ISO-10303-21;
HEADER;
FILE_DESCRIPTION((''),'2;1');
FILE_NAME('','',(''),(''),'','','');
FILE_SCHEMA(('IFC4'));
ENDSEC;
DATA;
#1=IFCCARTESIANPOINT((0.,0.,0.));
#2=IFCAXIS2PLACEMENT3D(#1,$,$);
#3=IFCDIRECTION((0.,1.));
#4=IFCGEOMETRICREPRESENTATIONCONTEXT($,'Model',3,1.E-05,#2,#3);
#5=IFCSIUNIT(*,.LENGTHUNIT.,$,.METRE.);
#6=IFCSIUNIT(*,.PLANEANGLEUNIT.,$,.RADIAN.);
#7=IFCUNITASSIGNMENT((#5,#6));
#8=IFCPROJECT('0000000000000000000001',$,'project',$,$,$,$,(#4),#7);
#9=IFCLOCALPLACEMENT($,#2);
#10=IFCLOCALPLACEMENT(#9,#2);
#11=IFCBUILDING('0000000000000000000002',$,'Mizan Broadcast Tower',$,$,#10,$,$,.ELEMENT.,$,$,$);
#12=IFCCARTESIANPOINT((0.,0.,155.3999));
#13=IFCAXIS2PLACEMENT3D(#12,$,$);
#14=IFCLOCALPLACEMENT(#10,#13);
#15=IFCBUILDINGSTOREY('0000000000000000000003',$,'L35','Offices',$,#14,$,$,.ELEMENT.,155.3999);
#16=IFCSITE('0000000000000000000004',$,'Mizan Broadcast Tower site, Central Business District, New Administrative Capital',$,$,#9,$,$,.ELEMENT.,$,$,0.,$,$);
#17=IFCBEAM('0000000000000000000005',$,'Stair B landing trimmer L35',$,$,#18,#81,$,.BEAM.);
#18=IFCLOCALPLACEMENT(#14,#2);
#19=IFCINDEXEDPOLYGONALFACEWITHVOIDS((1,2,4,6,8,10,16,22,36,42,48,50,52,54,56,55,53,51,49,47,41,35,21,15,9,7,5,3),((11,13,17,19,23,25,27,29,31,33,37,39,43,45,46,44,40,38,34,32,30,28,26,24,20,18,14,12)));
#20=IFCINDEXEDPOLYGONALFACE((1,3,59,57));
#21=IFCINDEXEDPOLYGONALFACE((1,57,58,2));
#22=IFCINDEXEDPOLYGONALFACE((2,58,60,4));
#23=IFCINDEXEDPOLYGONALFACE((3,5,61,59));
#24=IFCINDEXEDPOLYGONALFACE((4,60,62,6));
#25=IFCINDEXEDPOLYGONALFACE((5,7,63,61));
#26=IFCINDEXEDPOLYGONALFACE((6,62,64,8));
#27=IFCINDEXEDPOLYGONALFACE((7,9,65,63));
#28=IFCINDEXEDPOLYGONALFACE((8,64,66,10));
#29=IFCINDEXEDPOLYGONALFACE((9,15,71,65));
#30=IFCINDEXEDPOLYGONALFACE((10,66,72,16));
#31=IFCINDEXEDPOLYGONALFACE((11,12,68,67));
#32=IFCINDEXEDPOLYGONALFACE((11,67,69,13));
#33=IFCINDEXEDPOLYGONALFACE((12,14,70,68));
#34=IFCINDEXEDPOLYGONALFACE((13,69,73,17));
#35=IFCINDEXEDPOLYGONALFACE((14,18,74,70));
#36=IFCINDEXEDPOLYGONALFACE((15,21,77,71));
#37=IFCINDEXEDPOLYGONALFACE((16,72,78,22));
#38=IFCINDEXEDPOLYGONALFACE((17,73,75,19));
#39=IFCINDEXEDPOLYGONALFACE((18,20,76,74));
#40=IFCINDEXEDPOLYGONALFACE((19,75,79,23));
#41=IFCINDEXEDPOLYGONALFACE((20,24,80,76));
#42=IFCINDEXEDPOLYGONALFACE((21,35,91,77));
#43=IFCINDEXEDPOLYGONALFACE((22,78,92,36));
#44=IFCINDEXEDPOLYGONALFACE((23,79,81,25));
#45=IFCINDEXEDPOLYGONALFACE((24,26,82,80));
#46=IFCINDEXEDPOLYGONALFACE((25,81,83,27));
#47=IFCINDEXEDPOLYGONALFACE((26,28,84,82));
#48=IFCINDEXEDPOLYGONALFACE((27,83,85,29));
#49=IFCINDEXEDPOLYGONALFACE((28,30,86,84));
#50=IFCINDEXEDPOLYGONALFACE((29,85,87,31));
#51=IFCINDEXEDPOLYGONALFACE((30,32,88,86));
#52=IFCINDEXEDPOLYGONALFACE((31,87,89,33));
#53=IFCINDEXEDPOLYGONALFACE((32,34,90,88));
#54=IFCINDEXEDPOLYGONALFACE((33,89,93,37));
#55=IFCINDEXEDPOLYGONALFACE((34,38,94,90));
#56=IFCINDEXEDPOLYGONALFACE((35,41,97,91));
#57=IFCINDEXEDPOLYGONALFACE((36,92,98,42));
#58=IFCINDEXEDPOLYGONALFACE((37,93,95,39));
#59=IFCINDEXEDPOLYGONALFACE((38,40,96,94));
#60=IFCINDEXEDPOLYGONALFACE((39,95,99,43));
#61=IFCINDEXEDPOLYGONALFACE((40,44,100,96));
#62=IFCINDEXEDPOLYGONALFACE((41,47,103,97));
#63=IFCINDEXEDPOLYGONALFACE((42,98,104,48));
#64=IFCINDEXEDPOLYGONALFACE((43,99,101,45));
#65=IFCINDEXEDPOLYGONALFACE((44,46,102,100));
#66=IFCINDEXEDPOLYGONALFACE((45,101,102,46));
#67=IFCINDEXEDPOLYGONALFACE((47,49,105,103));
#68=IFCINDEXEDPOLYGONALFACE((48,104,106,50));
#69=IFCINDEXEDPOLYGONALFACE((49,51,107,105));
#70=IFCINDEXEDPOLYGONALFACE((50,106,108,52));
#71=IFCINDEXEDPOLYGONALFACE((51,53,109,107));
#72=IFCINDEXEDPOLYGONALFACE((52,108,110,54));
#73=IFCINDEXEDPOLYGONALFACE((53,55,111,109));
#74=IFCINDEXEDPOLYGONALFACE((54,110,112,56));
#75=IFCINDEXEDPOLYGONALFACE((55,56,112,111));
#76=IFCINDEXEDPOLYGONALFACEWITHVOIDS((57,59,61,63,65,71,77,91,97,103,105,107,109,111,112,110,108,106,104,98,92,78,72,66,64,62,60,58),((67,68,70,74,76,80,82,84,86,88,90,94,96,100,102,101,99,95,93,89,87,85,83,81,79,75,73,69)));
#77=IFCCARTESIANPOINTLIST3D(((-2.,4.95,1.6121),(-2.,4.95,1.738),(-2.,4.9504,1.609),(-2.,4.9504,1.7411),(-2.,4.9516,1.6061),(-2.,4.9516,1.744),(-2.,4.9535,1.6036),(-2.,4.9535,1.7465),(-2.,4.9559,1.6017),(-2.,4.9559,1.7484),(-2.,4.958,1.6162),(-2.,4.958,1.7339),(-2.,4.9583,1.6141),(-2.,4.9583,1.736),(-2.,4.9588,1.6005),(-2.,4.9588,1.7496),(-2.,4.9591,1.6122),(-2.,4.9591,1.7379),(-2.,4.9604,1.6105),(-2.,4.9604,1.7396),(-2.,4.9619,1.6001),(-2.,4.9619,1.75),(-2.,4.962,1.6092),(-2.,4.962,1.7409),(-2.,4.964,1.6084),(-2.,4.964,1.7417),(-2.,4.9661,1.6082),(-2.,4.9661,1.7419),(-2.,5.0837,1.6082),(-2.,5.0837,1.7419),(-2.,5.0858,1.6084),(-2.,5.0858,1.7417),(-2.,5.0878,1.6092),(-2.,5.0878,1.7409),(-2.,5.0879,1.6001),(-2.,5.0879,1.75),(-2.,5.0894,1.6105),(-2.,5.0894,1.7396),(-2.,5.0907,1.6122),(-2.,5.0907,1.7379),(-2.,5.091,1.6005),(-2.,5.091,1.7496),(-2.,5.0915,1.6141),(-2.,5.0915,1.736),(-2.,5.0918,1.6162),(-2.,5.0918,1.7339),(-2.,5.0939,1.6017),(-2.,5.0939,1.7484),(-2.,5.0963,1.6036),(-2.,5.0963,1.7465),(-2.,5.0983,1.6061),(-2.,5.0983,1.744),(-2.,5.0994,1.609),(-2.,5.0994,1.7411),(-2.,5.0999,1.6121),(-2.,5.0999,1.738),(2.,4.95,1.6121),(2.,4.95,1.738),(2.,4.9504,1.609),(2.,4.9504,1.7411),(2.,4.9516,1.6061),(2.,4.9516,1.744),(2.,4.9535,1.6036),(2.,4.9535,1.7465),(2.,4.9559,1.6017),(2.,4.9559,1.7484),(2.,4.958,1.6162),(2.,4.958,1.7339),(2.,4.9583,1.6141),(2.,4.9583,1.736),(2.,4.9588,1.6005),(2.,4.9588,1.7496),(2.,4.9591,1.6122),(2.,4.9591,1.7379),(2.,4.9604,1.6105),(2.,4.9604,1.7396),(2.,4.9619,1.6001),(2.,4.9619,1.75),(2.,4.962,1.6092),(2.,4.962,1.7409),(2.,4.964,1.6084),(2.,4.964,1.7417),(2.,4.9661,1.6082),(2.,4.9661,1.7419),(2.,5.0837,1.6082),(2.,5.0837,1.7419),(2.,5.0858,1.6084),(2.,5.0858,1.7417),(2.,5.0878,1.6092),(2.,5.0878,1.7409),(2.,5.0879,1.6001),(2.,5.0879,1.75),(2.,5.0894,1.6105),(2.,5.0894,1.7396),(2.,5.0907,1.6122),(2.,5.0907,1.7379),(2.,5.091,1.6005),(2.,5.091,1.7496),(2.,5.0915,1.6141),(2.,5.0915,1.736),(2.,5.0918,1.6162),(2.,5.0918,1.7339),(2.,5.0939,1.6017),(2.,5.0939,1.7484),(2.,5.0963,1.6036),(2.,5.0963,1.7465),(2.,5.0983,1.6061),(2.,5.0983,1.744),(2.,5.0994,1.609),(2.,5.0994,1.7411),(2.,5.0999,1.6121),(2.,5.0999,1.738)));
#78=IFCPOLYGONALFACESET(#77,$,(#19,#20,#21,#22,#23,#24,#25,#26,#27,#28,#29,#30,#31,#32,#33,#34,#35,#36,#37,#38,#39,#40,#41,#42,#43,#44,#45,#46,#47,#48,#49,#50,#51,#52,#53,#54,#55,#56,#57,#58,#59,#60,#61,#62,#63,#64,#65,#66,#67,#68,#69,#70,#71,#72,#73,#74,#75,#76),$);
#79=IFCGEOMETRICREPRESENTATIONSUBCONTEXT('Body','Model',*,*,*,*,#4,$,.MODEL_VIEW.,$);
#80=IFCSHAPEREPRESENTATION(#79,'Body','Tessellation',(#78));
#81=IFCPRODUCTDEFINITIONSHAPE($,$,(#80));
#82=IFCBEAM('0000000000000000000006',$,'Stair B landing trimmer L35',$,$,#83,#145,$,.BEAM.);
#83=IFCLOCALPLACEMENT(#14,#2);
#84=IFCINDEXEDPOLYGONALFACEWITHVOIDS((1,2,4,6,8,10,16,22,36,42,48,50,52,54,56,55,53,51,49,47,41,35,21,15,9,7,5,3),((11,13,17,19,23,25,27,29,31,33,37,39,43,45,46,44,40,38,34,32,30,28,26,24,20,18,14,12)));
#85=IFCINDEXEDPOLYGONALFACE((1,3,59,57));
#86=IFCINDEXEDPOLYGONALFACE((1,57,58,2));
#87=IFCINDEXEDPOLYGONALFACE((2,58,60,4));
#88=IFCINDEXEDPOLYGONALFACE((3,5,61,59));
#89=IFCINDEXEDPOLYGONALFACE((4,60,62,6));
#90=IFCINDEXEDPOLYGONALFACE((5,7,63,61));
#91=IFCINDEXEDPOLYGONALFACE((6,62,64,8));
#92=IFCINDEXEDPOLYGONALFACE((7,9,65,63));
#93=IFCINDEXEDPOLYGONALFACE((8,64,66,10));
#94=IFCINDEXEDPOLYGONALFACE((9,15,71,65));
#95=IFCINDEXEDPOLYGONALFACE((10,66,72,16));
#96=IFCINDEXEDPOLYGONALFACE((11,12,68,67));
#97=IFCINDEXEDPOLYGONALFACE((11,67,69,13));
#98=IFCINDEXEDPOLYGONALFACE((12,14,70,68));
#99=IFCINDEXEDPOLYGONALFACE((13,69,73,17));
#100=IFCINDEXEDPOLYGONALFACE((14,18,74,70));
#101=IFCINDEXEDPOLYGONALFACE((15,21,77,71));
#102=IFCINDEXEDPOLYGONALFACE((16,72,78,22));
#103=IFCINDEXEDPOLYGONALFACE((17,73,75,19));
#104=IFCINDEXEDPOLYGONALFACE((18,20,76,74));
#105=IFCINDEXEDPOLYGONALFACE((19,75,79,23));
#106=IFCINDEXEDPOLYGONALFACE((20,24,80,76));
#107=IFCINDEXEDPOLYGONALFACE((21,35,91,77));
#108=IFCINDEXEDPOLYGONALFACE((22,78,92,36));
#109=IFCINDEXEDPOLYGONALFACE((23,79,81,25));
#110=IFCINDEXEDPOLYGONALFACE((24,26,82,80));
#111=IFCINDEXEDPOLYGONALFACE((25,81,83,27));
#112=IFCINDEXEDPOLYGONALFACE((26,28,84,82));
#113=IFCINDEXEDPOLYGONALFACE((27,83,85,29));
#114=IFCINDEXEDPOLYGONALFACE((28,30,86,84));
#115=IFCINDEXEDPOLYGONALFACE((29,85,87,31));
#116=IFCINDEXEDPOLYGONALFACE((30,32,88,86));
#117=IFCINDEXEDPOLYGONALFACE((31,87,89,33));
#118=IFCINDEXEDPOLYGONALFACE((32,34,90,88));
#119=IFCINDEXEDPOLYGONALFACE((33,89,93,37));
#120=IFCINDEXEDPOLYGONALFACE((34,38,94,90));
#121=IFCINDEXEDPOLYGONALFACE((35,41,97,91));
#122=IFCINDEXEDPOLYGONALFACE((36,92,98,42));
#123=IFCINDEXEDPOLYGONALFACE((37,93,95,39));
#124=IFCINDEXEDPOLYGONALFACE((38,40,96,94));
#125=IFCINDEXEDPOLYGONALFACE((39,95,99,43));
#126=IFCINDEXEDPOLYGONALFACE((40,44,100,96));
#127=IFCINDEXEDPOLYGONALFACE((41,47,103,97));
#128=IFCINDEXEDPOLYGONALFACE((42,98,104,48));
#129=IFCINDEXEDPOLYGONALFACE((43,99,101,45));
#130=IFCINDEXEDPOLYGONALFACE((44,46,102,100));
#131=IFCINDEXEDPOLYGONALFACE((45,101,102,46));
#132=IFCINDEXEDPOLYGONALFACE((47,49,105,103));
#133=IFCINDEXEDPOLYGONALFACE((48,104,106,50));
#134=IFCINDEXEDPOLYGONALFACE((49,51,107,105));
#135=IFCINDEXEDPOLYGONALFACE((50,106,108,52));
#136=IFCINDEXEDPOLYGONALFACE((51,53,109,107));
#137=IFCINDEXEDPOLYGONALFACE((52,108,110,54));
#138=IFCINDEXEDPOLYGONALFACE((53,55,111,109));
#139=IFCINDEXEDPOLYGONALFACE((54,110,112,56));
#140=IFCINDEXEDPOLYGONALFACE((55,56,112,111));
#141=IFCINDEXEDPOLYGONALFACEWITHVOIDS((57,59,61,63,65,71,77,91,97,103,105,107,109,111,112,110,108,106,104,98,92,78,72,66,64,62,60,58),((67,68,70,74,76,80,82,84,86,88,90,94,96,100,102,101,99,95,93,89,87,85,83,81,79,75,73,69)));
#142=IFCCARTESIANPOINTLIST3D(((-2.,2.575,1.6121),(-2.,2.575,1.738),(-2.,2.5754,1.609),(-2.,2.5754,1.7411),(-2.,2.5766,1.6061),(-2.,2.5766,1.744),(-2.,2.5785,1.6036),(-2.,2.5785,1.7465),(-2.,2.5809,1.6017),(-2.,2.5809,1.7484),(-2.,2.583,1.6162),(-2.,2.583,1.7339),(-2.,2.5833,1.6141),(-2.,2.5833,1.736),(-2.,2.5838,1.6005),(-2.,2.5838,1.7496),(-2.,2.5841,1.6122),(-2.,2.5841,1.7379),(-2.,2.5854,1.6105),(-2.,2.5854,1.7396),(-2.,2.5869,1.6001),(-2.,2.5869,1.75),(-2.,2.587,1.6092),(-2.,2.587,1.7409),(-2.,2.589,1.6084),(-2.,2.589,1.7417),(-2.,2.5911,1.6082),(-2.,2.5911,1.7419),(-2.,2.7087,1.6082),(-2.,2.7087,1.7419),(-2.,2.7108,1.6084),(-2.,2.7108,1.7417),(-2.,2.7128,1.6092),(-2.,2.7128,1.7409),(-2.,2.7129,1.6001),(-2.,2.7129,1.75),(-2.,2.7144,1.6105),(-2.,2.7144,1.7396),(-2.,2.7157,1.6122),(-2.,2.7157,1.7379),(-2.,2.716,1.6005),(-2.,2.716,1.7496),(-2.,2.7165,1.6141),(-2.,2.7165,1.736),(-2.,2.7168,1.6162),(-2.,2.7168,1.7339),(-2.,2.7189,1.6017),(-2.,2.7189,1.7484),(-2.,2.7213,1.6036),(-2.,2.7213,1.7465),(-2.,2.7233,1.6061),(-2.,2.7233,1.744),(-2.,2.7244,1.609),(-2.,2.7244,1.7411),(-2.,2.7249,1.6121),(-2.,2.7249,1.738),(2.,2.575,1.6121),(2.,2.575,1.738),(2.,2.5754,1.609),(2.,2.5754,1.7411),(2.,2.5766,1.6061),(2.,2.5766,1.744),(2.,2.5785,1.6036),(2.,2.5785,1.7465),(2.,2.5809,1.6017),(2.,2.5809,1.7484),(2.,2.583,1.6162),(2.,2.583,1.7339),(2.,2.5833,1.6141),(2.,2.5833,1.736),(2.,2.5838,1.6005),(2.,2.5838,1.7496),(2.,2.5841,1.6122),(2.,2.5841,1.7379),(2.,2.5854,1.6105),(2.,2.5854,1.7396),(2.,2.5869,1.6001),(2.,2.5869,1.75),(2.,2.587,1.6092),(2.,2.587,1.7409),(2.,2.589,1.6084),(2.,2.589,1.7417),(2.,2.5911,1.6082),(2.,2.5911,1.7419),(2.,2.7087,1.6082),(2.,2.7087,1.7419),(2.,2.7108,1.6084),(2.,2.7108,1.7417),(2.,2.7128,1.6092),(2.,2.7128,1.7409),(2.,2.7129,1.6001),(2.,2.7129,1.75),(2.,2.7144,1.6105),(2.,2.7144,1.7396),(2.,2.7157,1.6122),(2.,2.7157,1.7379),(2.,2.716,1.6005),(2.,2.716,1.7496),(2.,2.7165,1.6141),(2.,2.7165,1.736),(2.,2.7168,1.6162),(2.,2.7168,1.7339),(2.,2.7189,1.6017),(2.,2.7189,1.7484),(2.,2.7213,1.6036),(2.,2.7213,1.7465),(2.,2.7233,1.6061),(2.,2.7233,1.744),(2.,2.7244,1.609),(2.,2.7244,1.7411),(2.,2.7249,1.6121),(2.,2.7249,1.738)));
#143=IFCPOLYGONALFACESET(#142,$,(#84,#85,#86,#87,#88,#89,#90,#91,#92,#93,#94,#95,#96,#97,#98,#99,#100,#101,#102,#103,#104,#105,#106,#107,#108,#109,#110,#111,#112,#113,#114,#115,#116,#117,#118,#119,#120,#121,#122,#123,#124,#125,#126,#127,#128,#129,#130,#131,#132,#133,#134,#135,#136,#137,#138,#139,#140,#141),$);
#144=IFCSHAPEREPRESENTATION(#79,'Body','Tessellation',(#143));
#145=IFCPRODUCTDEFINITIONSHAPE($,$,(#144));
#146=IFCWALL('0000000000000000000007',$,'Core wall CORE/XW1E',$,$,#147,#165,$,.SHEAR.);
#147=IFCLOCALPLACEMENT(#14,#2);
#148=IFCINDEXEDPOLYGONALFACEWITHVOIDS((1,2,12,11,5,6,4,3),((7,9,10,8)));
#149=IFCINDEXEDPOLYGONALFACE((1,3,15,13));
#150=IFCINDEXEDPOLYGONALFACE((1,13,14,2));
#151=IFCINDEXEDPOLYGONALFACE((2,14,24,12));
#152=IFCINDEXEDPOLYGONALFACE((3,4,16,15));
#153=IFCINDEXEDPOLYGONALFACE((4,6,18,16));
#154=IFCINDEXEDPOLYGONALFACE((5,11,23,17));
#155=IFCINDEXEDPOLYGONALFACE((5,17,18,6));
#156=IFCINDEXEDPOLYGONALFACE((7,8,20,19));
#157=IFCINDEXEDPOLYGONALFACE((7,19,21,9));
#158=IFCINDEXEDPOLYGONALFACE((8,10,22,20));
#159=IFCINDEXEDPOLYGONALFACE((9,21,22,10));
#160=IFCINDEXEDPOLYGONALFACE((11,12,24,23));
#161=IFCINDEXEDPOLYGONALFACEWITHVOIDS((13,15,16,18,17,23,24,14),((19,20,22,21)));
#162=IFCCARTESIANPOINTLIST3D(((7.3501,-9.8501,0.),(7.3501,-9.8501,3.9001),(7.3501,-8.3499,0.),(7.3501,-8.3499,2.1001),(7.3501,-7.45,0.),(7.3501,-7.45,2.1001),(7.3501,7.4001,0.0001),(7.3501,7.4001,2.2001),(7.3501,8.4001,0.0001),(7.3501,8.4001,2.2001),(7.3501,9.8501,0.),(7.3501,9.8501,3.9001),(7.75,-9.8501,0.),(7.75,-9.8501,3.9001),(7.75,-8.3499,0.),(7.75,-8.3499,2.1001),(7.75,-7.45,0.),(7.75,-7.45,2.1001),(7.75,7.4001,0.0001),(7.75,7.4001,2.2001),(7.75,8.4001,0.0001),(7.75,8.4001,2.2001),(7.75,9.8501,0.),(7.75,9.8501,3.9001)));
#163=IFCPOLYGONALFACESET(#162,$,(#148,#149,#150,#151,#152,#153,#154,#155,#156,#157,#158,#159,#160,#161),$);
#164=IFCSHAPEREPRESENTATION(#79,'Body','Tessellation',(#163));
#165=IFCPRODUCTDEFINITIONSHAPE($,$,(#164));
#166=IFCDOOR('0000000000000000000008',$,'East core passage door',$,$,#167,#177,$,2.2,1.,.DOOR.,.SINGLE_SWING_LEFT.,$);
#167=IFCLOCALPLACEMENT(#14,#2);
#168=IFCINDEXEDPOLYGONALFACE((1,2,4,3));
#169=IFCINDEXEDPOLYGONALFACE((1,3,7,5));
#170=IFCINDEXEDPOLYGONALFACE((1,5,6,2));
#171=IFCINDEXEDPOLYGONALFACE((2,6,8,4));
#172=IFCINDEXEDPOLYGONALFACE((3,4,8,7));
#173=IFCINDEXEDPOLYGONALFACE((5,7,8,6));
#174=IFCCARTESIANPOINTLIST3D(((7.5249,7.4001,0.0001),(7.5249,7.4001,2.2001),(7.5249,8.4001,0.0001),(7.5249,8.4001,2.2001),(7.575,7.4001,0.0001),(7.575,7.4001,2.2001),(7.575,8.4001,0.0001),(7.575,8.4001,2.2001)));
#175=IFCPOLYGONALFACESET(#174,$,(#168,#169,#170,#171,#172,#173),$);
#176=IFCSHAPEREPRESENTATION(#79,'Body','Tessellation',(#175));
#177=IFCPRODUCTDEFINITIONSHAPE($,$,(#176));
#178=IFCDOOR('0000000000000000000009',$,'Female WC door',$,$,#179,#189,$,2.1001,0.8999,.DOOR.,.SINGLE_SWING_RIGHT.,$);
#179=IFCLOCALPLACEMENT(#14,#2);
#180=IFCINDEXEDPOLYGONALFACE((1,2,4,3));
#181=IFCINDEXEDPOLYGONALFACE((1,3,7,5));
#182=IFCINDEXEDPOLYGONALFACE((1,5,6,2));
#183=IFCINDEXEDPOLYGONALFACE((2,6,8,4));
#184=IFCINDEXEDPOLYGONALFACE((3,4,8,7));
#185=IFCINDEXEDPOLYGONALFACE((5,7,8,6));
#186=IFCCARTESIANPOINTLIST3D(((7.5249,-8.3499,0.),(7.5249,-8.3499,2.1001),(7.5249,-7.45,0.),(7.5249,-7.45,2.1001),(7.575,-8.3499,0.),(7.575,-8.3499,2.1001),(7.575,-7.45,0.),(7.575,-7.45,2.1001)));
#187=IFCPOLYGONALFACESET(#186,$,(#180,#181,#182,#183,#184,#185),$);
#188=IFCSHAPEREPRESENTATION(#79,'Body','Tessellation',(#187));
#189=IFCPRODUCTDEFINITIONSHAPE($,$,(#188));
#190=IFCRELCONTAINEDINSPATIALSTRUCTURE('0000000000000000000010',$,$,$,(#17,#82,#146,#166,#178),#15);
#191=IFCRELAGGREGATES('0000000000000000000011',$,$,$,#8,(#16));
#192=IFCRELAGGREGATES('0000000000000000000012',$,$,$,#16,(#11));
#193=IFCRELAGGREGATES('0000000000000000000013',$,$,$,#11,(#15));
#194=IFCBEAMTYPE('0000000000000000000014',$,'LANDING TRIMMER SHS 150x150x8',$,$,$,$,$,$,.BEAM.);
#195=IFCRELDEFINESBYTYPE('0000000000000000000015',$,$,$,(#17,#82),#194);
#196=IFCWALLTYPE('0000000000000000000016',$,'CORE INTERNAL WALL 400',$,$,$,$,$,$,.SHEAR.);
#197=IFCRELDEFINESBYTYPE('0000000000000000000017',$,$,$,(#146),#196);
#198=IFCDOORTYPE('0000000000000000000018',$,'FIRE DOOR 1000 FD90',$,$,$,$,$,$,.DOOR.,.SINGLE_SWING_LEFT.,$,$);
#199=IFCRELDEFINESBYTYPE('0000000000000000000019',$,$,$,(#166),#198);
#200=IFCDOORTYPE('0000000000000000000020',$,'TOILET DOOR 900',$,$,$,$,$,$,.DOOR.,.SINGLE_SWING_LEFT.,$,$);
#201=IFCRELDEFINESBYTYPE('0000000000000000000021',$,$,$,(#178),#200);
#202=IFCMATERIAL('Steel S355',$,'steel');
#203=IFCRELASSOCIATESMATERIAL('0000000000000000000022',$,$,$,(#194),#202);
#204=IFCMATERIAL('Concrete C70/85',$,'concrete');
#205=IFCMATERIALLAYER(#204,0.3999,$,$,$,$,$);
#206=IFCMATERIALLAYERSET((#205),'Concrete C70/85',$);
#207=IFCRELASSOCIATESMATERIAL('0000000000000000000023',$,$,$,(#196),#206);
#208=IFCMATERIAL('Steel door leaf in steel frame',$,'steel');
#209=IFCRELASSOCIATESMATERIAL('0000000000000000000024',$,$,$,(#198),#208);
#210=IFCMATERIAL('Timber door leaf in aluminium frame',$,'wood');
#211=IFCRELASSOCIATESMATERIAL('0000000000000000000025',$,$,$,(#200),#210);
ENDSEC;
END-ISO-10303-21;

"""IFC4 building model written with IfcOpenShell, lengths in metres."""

from ifc_helpers import new_model, si_unit, direction, frame, frame_2d, origin, origin_2d, place, context, subcontext, project, spatial, rectangle, hollow_rectangle, extrude, material, layer, layer_set, material_profile, profile_set, type_object, element, fill, save


model = new_model("IFC4")

# Units and contexts
model_context = context("Model", 3, precision=1e-05, world=origin(), true_north=direction((0.0, 1.0)))
body_context = subcontext(model_context, "Body", "Model", "MODEL_VIEW")
ifc_project = project(units=[si_unit("LENGTHUNIT", "METRE"), si_unit("PLANEANGLEUNIT", "RADIAN")], contexts=[model_context])

# Site, building, storey
site_placement = place(None, origin())
site = spatial("IfcSite", under=ifc_project, at=site_placement, Name="Mizan Broadcast Tower site, Central Business District, New Administrative Capital", CompositionType="ELEMENT", RefElevation=0.0)
building_placement = place(site_placement, origin())
building = spatial("IfcBuilding", under=site, at=building_placement, Name="Mizan Broadcast Tower", CompositionType="ELEMENT")
storey_placement = place(building_placement, frame((0.0, 0.0, 155.3999)))
storey = spatial("IfcBuildingStorey", under=building, at=storey_placement, Name="L35", Description="Offices", CompositionType="ELEMENT", Elevation=155.3999)

# Beams
ifc_material_1 = material(Name="Steel S355", Category="steel")
ifc_material_profile = material_profile(ifc_material_1, hollow_rectangle(XDim=0.1499, YDim=0.1499, WallThickness=0.0081, InnerFilletRadius=0.0081, OuterFilletRadius=0.012, at=origin_2d()), Name="SHS 150x150x8")
ifc_profile_set = profile_set([ifc_material_profile], Name="Steel S355")
beam_type = type_object("IfcBeamType", Name="LANDING TRIMMER SHS 150x150x8", PredefinedType="BEAM", material=ifc_profile_set)
for number, where, z_axis, x_axis, name in (
    (1, (2.0, 5.0249, 1.675), (-1.0, 0.0, 0.0), (0.0, -1.0, 0.0), "Stair B landing trimmer L35"),
    (2, (2.0, 2.6499, 1.675), (-1.0, 0.0, 0.0), (0.0, -1.0, 0.0), "Stair B landing trimmer L35"),
):
    element("IfcBeam", number, at=place(storey_placement, frame(where, z_axis=z_axis, x_axis=x_axis)), inside=storey, type_object=beam_type, Name=name, PredefinedType="BEAM", context=body_context, shape_type="SweptSolid", body=[
        extrude(hollow_rectangle(XDim=0.1499, YDim=0.1499, WallThickness=0.0081, InnerFilletRadius=0.0081, OuterFilletRadius=0.012, at=origin_2d()), origin(), (0.0, 0.0, 1.0), 4.0),
    ])

# Wall, openings, doors
ifc_material_2 = material(Name="Concrete C70/85", Category="concrete")
ifc_layer_1 = layer(ifc_material_2, 0.3999)
ifc_layer_set_1 = layer_set([ifc_layer_1], Name="Concrete C70/85")
wall_type_1 = type_object("IfcWallType", Name="CORE INTERNAL WALL 400", PredefinedType="SHEAR", material=ifc_layer_set_1)
wall_1_placement = place(storey_placement, frame((7.55, 9.8501, 0.0), z_axis=(0.0, 0.0, 1.0), x_axis=(0.0, -1.0, 0.0)))
wall_1 = element("IfcWall", 3, at=wall_1_placement, inside=storey, type_object=wall_type_1, Name="Core wall CORE/XW1E", PredefinedType="SHEAR", context=body_context, shape_type="SweptSolid", body=[
    extrude(rectangle(XDim=19.7002, YDim=0.3999, at=frame_2d((9.8501, 0.0))), origin(), (0.0, 0.0, 1.0), 3.9001),
])
opening_1_placement = place(wall_1_placement, frame((1.45, 0.0, 0.0)))
opening_1 = element("IfcOpeningElement", 4, at=opening_1_placement, cuts=wall_1, PredefinedType="OPENING", context=body_context, shape_type="SweptSolid", body=[
    extrude(rectangle(XDim=1.0, YDim=2.2, at=frame_2d((0.5, 1.1001))), frame((0.0, 0.21, 0.0), z_axis=(0.0, -1.0, 0.0), x_axis=(1.0, 0.0, 0.0)), (0.0, 0.0, 1.0), 0.4199),
])
opening_2_placement = place(wall_1_placement, frame((17.3, 0.0, 0.0)))
opening_2 = element("IfcOpeningElement", 5, at=opening_2_placement, cuts=wall_1, PredefinedType="OPENING", context=body_context, shape_type="SweptSolid", body=[
    extrude(rectangle(XDim=0.8999, YDim=2.1001, at=frame_2d((0.45, 1.05))), frame((0.0, 0.21, 0.0), z_axis=(0.0, -1.0, 0.0), x_axis=(1.0, 0.0, 0.0)), (0.0, 0.0, 1.0), 0.4199),
])
ifc_material_3 = material(Name="Steel door leaf in steel frame", Category="steel")
door_type_1 = type_object("IfcDoorType", Name="FIRE DOOR 1000 FD90", OperationType="SINGLE_SWING_LEFT", PredefinedType="DOOR", material=ifc_material_3)
door_1_placement = place(opening_1_placement, origin())
door_1 = element("IfcDoor", 6, at=door_1_placement, inside=storey, type_object=door_type_1, Name="East core passage door", OperationType="SINGLE_SWING_LEFT", OverallHeight=2.2, OverallWidth=1.0, PredefinedType="DOOR", context=body_context, shape_type="SweptSolid", body=[
    extrude(rectangle(XDim=1.0, YDim=2.2, at=frame_2d((0.5, 1.1001))), frame((0.0, 0.0249, 0.0), z_axis=(0.0, -1.0, 0.0), x_axis=(1.0, 0.0, 0.0)), (0.0, 0.0, 1.0), 0.05),
])
fill(opening_1, door_1)
ifc_material_4 = material(Name="Timber door leaf in aluminium frame", Category="wood")
door_type_2 = type_object("IfcDoorType", Name="TOILET DOOR 900", OperationType="SINGLE_SWING_LEFT", PredefinedType="DOOR", material=ifc_material_4)
door_2_placement = place(opening_2_placement, origin())
door_2 = element("IfcDoor", 7, at=door_2_placement, inside=storey, type_object=door_type_2, Name="Female WC door", OperationType="SINGLE_SWING_RIGHT", OverallHeight=2.1001, OverallWidth=0.8999, PredefinedType="DOOR", context=body_context, shape_type="SweptSolid", body=[
    extrude(rectangle(XDim=0.8999, YDim=2.1001, at=frame_2d((0.45, 1.05))), frame((0.0, 0.0249, 0.0), z_axis=(0.0, -1.0, 0.0), x_axis=(1.0, 0.0, 0.0)), (0.0, 0.0, 1.0), 0.05),
])
fill(opening_2, door_2)

save(model, "model.ifc")
